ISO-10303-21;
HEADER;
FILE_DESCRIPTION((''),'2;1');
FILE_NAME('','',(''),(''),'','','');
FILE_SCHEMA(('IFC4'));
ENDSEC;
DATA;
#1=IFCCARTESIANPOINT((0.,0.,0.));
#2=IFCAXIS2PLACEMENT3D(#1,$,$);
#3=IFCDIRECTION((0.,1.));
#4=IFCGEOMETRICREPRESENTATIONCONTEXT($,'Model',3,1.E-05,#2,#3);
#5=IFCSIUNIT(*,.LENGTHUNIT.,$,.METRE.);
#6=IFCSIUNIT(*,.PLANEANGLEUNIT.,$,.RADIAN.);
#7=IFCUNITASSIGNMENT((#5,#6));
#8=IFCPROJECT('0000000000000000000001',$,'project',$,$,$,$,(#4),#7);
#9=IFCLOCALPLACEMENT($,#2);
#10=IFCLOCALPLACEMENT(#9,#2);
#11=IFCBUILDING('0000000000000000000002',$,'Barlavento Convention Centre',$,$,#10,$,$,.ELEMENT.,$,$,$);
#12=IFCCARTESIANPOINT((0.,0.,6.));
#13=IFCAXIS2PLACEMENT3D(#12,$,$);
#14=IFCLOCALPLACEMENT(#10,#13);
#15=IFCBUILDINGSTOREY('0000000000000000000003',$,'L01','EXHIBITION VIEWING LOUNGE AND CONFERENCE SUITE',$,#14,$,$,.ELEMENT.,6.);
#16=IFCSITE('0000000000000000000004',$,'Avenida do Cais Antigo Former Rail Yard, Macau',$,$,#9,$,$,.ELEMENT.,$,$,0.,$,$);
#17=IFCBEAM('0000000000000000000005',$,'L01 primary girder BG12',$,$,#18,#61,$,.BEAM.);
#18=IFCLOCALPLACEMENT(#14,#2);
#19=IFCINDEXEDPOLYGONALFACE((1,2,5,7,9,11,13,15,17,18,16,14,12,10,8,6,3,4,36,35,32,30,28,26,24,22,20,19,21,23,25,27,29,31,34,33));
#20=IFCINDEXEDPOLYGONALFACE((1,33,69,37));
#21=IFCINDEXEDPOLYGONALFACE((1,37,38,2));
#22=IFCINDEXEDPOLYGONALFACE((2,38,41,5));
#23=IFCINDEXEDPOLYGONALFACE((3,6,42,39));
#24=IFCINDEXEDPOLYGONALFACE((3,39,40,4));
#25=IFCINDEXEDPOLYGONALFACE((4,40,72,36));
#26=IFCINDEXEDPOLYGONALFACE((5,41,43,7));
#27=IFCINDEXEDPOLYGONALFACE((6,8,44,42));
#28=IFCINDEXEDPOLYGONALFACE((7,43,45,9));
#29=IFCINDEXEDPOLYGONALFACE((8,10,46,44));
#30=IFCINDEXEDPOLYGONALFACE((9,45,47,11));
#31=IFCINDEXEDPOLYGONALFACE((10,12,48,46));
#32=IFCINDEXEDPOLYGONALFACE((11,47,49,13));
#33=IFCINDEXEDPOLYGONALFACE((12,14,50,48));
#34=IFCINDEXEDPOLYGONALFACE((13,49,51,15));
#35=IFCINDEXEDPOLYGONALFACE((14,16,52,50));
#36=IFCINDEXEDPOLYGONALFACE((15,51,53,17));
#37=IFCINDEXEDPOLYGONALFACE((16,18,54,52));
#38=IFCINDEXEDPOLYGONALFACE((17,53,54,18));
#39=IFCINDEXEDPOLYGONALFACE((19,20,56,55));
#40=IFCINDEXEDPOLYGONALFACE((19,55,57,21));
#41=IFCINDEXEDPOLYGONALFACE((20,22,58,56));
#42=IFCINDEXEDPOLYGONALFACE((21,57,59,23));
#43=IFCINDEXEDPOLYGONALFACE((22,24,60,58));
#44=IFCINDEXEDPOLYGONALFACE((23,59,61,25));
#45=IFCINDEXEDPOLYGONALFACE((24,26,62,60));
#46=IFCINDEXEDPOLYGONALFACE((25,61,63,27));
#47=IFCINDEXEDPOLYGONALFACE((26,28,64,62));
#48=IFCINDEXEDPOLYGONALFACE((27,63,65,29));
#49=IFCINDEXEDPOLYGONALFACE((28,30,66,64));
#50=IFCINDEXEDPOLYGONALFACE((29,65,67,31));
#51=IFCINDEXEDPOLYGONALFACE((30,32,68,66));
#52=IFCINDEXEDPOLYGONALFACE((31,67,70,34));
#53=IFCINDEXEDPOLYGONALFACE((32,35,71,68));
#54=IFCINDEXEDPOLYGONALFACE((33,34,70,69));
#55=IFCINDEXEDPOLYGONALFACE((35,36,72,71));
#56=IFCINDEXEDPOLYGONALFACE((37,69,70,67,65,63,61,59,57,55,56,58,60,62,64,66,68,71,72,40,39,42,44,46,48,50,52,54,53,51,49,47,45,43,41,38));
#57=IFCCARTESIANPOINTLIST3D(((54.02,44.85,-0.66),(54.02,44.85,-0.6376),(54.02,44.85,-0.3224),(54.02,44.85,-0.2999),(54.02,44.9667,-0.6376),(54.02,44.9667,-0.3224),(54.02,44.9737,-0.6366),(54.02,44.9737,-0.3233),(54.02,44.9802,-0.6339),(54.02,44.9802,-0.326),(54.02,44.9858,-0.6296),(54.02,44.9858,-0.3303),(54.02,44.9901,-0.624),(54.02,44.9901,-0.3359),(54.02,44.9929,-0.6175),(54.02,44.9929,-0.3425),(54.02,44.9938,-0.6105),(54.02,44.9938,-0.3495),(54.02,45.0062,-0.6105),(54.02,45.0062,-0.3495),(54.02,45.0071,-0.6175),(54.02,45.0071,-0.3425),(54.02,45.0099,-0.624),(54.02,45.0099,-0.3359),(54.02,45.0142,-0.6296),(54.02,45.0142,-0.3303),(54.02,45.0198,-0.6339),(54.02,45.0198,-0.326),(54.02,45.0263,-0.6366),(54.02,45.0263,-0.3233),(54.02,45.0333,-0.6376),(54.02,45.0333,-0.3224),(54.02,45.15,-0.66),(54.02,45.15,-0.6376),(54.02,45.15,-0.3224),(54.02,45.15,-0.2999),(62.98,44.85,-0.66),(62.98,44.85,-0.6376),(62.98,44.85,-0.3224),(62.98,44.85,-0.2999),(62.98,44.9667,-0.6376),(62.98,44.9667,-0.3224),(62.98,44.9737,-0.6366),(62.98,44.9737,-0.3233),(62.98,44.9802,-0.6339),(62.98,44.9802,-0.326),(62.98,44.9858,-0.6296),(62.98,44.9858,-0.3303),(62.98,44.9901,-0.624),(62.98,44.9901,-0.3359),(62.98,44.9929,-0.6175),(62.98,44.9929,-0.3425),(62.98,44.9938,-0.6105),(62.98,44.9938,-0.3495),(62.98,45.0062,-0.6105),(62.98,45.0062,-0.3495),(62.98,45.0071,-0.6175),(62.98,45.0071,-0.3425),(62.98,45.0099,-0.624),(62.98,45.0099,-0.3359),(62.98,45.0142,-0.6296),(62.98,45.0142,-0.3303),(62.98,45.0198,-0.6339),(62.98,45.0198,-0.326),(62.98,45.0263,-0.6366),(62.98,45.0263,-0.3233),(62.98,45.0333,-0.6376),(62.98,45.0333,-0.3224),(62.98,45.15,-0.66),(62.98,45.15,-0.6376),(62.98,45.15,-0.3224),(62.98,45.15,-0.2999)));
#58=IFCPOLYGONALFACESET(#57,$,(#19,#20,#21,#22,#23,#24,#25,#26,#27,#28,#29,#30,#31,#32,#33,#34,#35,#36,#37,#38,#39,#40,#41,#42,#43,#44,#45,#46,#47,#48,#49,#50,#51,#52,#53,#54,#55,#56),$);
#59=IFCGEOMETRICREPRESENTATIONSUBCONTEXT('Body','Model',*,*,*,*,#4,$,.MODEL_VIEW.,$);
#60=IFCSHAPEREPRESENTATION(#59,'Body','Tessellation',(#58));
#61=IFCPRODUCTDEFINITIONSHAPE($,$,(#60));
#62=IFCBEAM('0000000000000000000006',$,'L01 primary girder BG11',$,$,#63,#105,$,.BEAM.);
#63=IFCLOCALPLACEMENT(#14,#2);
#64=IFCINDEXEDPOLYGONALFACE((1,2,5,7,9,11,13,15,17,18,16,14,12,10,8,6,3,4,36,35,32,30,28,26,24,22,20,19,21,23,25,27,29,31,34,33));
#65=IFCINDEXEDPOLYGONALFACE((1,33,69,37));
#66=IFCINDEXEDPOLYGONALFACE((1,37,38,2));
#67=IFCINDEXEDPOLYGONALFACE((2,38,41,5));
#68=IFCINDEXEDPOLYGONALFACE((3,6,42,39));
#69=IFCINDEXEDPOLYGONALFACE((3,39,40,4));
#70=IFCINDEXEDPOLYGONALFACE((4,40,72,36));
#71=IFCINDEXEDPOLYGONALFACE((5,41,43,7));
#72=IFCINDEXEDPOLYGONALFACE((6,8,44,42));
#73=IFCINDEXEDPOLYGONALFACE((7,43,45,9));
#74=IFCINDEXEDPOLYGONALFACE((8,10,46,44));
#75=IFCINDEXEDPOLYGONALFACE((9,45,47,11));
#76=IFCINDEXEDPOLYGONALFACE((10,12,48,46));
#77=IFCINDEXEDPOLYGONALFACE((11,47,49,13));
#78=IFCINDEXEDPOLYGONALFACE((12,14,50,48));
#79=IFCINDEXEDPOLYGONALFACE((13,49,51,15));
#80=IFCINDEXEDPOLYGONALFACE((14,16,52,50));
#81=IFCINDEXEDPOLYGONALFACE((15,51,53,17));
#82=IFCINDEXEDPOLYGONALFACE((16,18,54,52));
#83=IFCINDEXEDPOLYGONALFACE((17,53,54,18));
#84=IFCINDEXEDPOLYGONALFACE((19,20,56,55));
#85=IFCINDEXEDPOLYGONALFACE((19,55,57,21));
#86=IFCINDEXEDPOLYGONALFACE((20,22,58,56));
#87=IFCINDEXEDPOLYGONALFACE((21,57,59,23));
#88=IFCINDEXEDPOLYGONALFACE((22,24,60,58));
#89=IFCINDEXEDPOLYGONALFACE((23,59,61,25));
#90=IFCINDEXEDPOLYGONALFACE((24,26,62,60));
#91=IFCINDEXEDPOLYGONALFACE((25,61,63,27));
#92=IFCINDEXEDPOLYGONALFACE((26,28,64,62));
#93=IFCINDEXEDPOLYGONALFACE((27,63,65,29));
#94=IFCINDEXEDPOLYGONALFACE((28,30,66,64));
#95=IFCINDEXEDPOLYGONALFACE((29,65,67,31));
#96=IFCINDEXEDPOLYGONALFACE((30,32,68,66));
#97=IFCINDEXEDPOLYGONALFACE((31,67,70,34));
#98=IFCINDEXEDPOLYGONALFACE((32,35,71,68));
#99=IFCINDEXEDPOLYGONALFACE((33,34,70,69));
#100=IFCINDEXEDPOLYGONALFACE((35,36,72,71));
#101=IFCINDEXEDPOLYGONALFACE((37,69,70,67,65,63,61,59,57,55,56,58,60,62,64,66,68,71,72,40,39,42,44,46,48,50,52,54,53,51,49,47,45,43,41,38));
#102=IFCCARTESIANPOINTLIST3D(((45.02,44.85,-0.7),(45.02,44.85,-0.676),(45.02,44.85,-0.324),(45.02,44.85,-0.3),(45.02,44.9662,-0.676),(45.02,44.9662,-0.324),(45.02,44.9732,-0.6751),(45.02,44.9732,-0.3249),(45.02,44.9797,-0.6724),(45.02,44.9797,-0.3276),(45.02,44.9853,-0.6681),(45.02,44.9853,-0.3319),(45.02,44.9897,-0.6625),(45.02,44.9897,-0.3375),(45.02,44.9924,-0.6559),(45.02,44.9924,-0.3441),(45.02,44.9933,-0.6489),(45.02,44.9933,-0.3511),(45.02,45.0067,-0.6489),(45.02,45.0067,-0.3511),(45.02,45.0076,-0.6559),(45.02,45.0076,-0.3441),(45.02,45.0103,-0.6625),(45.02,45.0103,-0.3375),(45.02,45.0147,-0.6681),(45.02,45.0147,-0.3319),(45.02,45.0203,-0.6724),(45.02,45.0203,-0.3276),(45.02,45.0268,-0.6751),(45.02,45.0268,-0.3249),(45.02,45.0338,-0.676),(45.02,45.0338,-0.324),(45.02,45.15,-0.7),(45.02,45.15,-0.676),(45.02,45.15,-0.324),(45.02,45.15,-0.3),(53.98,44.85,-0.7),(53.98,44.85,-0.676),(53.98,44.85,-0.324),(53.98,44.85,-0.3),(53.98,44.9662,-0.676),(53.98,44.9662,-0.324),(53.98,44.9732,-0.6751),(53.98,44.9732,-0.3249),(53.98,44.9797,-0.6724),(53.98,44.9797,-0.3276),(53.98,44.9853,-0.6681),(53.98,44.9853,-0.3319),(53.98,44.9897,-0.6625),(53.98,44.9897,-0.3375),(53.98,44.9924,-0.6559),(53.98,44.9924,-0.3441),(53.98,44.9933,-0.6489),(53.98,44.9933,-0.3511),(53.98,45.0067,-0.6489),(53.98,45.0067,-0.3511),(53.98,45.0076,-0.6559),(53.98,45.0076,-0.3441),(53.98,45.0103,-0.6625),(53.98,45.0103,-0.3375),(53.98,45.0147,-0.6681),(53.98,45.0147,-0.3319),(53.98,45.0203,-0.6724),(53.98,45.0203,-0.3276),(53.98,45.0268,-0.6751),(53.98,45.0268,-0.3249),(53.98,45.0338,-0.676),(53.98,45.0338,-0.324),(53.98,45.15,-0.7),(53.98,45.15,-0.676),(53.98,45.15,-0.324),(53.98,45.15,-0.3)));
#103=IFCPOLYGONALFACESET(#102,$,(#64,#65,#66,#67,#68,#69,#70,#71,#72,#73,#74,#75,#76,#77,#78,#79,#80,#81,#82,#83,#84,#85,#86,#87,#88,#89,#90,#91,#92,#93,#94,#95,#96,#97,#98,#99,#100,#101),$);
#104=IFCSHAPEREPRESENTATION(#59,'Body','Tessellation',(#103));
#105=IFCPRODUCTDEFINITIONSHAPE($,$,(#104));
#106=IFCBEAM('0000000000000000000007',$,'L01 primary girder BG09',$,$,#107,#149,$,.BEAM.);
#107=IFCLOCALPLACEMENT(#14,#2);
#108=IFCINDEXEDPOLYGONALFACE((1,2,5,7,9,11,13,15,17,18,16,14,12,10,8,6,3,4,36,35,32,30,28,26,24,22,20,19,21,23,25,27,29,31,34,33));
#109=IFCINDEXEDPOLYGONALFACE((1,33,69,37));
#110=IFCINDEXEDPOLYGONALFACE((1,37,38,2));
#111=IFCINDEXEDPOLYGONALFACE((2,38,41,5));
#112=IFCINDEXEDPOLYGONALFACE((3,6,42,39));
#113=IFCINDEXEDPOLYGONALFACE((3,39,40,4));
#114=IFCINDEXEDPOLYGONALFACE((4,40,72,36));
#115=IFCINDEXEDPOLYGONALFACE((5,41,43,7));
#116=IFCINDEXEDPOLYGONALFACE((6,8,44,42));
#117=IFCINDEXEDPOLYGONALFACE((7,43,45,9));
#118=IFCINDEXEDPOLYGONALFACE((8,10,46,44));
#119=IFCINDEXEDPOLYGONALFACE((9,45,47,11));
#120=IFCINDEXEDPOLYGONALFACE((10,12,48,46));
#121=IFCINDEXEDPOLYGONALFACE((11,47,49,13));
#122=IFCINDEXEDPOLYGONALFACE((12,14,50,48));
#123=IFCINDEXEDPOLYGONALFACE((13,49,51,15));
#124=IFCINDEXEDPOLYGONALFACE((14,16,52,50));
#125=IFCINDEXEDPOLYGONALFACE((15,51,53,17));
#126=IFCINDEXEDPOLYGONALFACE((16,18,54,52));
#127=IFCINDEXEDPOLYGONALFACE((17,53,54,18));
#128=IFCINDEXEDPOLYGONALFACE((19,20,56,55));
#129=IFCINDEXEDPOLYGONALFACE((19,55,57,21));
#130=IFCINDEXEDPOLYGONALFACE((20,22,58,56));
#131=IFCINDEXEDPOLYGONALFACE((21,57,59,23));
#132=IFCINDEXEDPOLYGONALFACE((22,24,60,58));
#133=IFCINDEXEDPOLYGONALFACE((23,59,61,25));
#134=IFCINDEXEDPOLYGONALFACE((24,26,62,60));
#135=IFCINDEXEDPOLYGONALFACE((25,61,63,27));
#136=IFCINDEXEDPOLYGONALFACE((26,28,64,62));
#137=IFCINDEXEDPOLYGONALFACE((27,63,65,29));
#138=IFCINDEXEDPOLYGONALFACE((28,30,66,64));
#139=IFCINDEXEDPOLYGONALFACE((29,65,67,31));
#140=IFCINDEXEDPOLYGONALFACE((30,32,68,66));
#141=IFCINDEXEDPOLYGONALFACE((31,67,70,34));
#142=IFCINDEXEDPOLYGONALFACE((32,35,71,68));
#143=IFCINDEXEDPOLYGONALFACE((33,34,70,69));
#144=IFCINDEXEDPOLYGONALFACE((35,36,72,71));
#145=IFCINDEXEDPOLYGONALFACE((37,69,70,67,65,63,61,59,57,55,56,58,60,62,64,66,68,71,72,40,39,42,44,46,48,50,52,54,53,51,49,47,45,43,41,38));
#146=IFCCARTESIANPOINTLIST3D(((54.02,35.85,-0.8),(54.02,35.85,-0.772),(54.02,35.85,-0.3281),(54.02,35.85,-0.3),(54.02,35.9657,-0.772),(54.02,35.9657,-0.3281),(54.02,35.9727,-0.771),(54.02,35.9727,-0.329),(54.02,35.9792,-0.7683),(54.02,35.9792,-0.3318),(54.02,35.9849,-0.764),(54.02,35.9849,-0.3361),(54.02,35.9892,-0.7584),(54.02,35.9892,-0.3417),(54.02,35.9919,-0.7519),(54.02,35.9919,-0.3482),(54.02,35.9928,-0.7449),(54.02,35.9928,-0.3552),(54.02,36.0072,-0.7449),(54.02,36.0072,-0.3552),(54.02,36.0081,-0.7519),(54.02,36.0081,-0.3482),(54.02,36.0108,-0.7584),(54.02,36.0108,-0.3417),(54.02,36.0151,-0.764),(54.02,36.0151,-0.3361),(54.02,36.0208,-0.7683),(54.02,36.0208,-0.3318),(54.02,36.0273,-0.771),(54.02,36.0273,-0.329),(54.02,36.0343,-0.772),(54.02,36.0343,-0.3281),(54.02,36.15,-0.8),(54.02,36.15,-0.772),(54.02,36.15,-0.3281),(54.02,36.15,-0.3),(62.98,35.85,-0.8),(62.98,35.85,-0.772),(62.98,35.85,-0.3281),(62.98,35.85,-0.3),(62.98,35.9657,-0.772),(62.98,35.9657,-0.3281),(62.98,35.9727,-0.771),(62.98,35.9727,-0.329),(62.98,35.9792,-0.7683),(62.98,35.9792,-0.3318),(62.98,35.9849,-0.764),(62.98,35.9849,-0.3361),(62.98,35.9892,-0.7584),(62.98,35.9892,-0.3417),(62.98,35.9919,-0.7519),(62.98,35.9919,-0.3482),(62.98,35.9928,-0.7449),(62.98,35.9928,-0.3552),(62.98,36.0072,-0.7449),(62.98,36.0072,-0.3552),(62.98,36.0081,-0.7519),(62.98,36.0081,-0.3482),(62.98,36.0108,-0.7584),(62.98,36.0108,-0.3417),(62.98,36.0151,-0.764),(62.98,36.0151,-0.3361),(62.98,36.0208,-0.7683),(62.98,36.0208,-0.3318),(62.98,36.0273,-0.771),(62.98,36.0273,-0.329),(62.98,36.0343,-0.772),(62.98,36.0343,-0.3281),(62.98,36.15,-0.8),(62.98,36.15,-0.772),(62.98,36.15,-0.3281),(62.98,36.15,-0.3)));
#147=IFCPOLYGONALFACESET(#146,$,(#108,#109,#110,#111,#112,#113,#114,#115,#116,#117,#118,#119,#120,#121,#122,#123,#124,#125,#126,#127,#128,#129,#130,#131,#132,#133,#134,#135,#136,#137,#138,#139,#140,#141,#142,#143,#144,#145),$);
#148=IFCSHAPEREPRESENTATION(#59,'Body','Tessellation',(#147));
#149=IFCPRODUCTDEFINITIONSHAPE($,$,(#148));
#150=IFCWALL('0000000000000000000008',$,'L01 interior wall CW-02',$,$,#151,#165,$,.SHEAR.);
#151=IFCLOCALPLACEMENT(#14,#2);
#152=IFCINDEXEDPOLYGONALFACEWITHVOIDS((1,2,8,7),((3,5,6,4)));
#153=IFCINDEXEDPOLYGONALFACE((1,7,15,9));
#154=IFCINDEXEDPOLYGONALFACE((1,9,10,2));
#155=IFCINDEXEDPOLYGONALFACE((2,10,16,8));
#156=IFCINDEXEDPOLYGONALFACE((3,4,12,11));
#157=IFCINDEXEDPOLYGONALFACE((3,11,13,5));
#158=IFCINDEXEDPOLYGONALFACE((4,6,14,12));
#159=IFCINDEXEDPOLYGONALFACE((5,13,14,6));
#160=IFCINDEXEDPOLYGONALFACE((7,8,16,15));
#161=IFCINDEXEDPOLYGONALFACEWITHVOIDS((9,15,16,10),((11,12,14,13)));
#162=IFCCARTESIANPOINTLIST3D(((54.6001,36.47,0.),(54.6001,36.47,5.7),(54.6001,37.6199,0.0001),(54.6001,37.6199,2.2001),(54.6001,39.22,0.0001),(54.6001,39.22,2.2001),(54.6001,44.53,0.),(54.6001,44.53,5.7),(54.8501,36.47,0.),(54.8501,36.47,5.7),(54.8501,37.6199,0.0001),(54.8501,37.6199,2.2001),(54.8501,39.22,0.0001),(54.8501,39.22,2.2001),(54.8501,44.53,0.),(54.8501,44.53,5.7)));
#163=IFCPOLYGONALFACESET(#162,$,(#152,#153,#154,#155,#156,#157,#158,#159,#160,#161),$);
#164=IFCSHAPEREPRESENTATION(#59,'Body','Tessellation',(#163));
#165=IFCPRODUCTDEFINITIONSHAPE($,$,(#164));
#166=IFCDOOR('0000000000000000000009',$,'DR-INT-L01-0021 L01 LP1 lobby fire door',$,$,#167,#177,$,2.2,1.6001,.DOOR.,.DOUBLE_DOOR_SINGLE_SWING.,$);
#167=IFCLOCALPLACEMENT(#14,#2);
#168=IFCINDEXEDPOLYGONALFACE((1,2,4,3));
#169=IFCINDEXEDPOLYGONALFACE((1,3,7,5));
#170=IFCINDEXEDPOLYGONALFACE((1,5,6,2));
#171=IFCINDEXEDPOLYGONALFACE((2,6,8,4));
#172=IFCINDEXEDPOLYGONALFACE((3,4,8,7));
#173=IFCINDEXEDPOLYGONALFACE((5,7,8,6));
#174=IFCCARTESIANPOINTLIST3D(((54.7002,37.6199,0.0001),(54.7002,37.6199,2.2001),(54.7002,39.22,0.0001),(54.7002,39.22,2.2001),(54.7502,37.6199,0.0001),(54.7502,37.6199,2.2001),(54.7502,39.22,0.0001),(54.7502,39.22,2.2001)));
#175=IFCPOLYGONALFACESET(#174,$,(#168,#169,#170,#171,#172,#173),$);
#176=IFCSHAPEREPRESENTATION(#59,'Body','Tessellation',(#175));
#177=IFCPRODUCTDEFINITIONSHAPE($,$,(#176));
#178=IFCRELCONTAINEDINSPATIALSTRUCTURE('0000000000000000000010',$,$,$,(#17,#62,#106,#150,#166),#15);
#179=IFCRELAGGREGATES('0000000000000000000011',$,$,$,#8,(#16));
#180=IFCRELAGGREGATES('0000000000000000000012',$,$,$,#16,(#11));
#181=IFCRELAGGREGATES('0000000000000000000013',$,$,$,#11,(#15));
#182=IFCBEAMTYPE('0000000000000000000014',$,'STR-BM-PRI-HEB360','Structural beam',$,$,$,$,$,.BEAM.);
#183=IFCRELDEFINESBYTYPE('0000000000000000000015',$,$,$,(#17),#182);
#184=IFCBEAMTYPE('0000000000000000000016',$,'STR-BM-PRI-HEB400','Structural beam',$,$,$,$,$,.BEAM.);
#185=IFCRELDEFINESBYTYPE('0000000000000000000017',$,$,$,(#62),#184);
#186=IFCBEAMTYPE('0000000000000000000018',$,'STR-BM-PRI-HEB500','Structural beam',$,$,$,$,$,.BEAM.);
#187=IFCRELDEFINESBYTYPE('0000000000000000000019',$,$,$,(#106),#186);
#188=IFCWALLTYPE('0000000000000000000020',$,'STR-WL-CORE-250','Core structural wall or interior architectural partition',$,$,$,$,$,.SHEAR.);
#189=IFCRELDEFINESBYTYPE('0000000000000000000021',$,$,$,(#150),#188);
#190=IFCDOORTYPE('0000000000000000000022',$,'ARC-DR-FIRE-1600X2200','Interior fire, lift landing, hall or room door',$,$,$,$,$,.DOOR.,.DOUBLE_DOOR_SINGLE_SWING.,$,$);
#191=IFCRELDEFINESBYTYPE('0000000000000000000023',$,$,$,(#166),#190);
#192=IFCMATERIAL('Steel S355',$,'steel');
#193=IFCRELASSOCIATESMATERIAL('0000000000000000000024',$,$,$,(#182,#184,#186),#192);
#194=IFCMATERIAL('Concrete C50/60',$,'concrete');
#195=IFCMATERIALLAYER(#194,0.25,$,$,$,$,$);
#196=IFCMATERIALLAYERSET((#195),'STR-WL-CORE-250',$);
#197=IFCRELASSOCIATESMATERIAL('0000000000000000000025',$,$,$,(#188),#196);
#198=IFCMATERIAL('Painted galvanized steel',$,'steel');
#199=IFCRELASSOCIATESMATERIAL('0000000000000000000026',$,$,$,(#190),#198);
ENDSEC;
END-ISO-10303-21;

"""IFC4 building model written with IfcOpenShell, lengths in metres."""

from ifc_helpers import new_model, si_unit, direction, frame, frame_2d, origin, origin_2d, place, context, subcontext, project, spatial, rectangle, i_section, extrude, material, layer, layer_set, material_profile, profile_set, type_object, element, fill, save


model = new_model("IFC4")

# Units and contexts
model_context = context("Model", 3, precision=1e-05, world=origin(), true_north=direction((0.0, 1.0)))
body_context = subcontext(model_context, "Body", "Model", "MODEL_VIEW")
ifc_project = project(units=[si_unit("LENGTHUNIT", "METRE"), si_unit("PLANEANGLEUNIT", "RADIAN")], contexts=[model_context])

# Site, building, storey
site_placement = place(None, origin())
site = spatial("IfcSite", under=ifc_project, at=site_placement, Name="Avenida do Cais Antigo Former Rail Yard, Macau", CompositionType="ELEMENT", RefElevation=0.0)
building_placement = place(site_placement, origin())
building = spatial("IfcBuilding", under=site, at=building_placement, Name="Barlavento Convention Centre", CompositionType="ELEMENT")
storey_placement = place(building_placement, frame((0.0, 0.0, 6.0)))
storey = spatial("IfcBuildingStorey", under=building, at=storey_placement, Name="L01", Description="EXHIBITION VIEWING LOUNGE AND CONFERENCE SUITE", CompositionType="ELEMENT", Elevation=6.0)

# Shared definitions
ifc_material_1 = material(Name="Steel S355", Category="steel")

# Beams
ifc_material_profile_1 = material_profile(ifc_material_1, i_section(OverallWidth=0.3, OverallDepth=0.3601, WebThickness=0.0125, FlangeThickness=0.0225, FilletRadius=0.0271, at=origin_2d()), Name="HEB 360")
ifc_profile_set_1 = profile_set([ifc_material_profile_1], Name="Steel S355")
beam_type_1 = type_object("IfcBeamType", Name="STR-BM-PRI-HEB360", Description="Structural beam", PredefinedType="BEAM", material=ifc_profile_set_1)
beam_1_placement = place(storey_placement, frame((54.02, 45.0, -0.48), z_axis=(1.0, 0.0, 0.0), x_axis=(0.0, 1.0, 0.0)))
element("IfcBeam", 1, at=beam_1_placement, inside=storey, type_object=beam_type_1, Name="L01 primary girder BG12", PredefinedType="BEAM", context=body_context, shape_type="SweptSolid", body=[
    extrude(i_section(OverallWidth=0.3, OverallDepth=0.3601, WebThickness=0.0125, FlangeThickness=0.0225, FilletRadius=0.0271, at=origin_2d()), origin(), (0.0, 0.0, 1.0), 8.96),
])
ifc_material_profile_2 = material_profile(ifc_material_1, i_section(OverallWidth=0.3, OverallDepth=0.3999, WebThickness=0.0134, FlangeThickness=0.0239, FilletRadius=0.0271, at=origin_2d()), Name="HEB 400")
ifc_profile_set_2 = profile_set([ifc_material_profile_2], Name="Steel S355")
beam_type_2 = type_object("IfcBeamType", Name="STR-BM-PRI-HEB400", Description="Structural beam", PredefinedType="BEAM", material=ifc_profile_set_2)
beam_2_placement = place(storey_placement, frame((45.02, 45.0, -0.5), z_axis=(1.0, 0.0, 0.0), x_axis=(0.0, 1.0, 0.0)))
element("IfcBeam", 2, at=beam_2_placement, inside=storey, type_object=beam_type_2, Name="L01 primary girder BG11", PredefinedType="BEAM", context=body_context, shape_type="SweptSolid", body=[
    extrude(i_section(OverallWidth=0.3, OverallDepth=0.3999, WebThickness=0.0134, FlangeThickness=0.0239, FilletRadius=0.0271, at=origin_2d()), origin(), (0.0, 0.0, 1.0), 8.96),
])
ifc_material_profile_3 = material_profile(ifc_material_1, i_section(OverallWidth=0.3, OverallDepth=0.5, WebThickness=0.0144, FlangeThickness=0.0281, FilletRadius=0.0271, at=origin_2d()), Name="HEB 500")
ifc_profile_set_3 = profile_set([ifc_material_profile_3], Name="Steel S355")
beam_type_3 = type_object("IfcBeamType", Name="STR-BM-PRI-HEB500", Description="Structural beam", PredefinedType="BEAM", material=ifc_profile_set_3)
beam_3_placement = place(storey_placement, frame((54.02, 36.0, -0.55), z_axis=(1.0, 0.0, 0.0), x_axis=(0.0, 1.0, 0.0)))
element("IfcBeam", 3, at=beam_3_placement, inside=storey, type_object=beam_type_3, Name="L01 primary girder BG09", PredefinedType="BEAM", context=body_context, shape_type="SweptSolid", body=[
    extrude(i_section(OverallWidth=0.3, OverallDepth=0.5, WebThickness=0.0144, FlangeThickness=0.0281, FilletRadius=0.0271, at=origin_2d()), origin(), (0.0, 0.0, 1.0), 8.96),
])

# Wall, opening, door
ifc_material_2 = material(Name="Concrete C50/60", Category="concrete")
ifc_layer = layer(ifc_material_2, 0.25)
ifc_layer_set = layer_set([ifc_layer], Name="STR-WL-CORE-250")
wall_type = type_object("IfcWallType", Name="STR-WL-CORE-250", Description="Core structural wall or interior architectural partition", PredefinedType="SHEAR", material=ifc_layer_set)
wall_1_placement = place(storey_placement, frame((54.7251, 36.47, 0.0), z_axis=(0.0, 0.0, 1.0), x_axis=(0.0, 1.0, 0.0)))
wall_1 = element("IfcWall", 4, at=wall_1_placement, inside=storey, type_object=wall_type, Name="L01 interior wall CW-02", PredefinedType="SHEAR", context=body_context, shape_type="SweptSolid", body=[
    extrude(rectangle(XDim=8.0601, YDim=0.25, at=frame_2d((4.03, 0.0))), origin(), (0.0, 0.0, 1.0), 5.7),
])
opening_1_placement = place(wall_1_placement, frame((1.1499, 0.0, 0.0)))
opening_1 = element("IfcOpeningElement", 5, at=opening_1_placement, cuts=wall_1, PredefinedType="OPENING", context=body_context, shape_type="SweptSolid", body=[
    extrude(rectangle(XDim=1.6001, YDim=2.2, at=frame_2d((0.8, 1.1001))), frame((0.0, 0.135, 0.0), z_axis=(0.0, -1.0, 0.0), x_axis=(1.0, 0.0, 0.0)), (0.0, 0.0, 1.0), 0.27),
])
ifc_material_3 = material(Name="Painted galvanized steel", Category="steel")
door_type_1 = type_object("IfcDoorType", Name="ARC-DR-FIRE-1600X2200", Description="Interior fire, lift landing, hall or room door", OperationType="DOUBLE_DOOR_SINGLE_SWING", PredefinedType="DOOR", material=ifc_material_3)
door_1_placement = place(opening_1_placement, origin())
door_1 = element("IfcDoor", 6, at=door_1_placement, inside=storey, type_object=door_type_1, Name="DR-INT-L01-0021 L01 LP1 lobby fire door", OperationType="DOUBLE_DOOR_SINGLE_SWING", OverallHeight=2.2, OverallWidth=1.6001, PredefinedType="DOOR", context=body_context, shape_type="SweptSolid", body=[
    extrude(rectangle(XDim=1.6001, YDim=2.2, at=frame_2d((0.8, 1.1001))), frame((0.0, 0.0249, 0.0), z_axis=(0.0, -1.0, 0.0), x_axis=(1.0, 0.0, 0.0)), (0.0, 0.0, 1.0), 0.05),
])
fill(opening_1, door_1)

save(model, "model.ifc")
